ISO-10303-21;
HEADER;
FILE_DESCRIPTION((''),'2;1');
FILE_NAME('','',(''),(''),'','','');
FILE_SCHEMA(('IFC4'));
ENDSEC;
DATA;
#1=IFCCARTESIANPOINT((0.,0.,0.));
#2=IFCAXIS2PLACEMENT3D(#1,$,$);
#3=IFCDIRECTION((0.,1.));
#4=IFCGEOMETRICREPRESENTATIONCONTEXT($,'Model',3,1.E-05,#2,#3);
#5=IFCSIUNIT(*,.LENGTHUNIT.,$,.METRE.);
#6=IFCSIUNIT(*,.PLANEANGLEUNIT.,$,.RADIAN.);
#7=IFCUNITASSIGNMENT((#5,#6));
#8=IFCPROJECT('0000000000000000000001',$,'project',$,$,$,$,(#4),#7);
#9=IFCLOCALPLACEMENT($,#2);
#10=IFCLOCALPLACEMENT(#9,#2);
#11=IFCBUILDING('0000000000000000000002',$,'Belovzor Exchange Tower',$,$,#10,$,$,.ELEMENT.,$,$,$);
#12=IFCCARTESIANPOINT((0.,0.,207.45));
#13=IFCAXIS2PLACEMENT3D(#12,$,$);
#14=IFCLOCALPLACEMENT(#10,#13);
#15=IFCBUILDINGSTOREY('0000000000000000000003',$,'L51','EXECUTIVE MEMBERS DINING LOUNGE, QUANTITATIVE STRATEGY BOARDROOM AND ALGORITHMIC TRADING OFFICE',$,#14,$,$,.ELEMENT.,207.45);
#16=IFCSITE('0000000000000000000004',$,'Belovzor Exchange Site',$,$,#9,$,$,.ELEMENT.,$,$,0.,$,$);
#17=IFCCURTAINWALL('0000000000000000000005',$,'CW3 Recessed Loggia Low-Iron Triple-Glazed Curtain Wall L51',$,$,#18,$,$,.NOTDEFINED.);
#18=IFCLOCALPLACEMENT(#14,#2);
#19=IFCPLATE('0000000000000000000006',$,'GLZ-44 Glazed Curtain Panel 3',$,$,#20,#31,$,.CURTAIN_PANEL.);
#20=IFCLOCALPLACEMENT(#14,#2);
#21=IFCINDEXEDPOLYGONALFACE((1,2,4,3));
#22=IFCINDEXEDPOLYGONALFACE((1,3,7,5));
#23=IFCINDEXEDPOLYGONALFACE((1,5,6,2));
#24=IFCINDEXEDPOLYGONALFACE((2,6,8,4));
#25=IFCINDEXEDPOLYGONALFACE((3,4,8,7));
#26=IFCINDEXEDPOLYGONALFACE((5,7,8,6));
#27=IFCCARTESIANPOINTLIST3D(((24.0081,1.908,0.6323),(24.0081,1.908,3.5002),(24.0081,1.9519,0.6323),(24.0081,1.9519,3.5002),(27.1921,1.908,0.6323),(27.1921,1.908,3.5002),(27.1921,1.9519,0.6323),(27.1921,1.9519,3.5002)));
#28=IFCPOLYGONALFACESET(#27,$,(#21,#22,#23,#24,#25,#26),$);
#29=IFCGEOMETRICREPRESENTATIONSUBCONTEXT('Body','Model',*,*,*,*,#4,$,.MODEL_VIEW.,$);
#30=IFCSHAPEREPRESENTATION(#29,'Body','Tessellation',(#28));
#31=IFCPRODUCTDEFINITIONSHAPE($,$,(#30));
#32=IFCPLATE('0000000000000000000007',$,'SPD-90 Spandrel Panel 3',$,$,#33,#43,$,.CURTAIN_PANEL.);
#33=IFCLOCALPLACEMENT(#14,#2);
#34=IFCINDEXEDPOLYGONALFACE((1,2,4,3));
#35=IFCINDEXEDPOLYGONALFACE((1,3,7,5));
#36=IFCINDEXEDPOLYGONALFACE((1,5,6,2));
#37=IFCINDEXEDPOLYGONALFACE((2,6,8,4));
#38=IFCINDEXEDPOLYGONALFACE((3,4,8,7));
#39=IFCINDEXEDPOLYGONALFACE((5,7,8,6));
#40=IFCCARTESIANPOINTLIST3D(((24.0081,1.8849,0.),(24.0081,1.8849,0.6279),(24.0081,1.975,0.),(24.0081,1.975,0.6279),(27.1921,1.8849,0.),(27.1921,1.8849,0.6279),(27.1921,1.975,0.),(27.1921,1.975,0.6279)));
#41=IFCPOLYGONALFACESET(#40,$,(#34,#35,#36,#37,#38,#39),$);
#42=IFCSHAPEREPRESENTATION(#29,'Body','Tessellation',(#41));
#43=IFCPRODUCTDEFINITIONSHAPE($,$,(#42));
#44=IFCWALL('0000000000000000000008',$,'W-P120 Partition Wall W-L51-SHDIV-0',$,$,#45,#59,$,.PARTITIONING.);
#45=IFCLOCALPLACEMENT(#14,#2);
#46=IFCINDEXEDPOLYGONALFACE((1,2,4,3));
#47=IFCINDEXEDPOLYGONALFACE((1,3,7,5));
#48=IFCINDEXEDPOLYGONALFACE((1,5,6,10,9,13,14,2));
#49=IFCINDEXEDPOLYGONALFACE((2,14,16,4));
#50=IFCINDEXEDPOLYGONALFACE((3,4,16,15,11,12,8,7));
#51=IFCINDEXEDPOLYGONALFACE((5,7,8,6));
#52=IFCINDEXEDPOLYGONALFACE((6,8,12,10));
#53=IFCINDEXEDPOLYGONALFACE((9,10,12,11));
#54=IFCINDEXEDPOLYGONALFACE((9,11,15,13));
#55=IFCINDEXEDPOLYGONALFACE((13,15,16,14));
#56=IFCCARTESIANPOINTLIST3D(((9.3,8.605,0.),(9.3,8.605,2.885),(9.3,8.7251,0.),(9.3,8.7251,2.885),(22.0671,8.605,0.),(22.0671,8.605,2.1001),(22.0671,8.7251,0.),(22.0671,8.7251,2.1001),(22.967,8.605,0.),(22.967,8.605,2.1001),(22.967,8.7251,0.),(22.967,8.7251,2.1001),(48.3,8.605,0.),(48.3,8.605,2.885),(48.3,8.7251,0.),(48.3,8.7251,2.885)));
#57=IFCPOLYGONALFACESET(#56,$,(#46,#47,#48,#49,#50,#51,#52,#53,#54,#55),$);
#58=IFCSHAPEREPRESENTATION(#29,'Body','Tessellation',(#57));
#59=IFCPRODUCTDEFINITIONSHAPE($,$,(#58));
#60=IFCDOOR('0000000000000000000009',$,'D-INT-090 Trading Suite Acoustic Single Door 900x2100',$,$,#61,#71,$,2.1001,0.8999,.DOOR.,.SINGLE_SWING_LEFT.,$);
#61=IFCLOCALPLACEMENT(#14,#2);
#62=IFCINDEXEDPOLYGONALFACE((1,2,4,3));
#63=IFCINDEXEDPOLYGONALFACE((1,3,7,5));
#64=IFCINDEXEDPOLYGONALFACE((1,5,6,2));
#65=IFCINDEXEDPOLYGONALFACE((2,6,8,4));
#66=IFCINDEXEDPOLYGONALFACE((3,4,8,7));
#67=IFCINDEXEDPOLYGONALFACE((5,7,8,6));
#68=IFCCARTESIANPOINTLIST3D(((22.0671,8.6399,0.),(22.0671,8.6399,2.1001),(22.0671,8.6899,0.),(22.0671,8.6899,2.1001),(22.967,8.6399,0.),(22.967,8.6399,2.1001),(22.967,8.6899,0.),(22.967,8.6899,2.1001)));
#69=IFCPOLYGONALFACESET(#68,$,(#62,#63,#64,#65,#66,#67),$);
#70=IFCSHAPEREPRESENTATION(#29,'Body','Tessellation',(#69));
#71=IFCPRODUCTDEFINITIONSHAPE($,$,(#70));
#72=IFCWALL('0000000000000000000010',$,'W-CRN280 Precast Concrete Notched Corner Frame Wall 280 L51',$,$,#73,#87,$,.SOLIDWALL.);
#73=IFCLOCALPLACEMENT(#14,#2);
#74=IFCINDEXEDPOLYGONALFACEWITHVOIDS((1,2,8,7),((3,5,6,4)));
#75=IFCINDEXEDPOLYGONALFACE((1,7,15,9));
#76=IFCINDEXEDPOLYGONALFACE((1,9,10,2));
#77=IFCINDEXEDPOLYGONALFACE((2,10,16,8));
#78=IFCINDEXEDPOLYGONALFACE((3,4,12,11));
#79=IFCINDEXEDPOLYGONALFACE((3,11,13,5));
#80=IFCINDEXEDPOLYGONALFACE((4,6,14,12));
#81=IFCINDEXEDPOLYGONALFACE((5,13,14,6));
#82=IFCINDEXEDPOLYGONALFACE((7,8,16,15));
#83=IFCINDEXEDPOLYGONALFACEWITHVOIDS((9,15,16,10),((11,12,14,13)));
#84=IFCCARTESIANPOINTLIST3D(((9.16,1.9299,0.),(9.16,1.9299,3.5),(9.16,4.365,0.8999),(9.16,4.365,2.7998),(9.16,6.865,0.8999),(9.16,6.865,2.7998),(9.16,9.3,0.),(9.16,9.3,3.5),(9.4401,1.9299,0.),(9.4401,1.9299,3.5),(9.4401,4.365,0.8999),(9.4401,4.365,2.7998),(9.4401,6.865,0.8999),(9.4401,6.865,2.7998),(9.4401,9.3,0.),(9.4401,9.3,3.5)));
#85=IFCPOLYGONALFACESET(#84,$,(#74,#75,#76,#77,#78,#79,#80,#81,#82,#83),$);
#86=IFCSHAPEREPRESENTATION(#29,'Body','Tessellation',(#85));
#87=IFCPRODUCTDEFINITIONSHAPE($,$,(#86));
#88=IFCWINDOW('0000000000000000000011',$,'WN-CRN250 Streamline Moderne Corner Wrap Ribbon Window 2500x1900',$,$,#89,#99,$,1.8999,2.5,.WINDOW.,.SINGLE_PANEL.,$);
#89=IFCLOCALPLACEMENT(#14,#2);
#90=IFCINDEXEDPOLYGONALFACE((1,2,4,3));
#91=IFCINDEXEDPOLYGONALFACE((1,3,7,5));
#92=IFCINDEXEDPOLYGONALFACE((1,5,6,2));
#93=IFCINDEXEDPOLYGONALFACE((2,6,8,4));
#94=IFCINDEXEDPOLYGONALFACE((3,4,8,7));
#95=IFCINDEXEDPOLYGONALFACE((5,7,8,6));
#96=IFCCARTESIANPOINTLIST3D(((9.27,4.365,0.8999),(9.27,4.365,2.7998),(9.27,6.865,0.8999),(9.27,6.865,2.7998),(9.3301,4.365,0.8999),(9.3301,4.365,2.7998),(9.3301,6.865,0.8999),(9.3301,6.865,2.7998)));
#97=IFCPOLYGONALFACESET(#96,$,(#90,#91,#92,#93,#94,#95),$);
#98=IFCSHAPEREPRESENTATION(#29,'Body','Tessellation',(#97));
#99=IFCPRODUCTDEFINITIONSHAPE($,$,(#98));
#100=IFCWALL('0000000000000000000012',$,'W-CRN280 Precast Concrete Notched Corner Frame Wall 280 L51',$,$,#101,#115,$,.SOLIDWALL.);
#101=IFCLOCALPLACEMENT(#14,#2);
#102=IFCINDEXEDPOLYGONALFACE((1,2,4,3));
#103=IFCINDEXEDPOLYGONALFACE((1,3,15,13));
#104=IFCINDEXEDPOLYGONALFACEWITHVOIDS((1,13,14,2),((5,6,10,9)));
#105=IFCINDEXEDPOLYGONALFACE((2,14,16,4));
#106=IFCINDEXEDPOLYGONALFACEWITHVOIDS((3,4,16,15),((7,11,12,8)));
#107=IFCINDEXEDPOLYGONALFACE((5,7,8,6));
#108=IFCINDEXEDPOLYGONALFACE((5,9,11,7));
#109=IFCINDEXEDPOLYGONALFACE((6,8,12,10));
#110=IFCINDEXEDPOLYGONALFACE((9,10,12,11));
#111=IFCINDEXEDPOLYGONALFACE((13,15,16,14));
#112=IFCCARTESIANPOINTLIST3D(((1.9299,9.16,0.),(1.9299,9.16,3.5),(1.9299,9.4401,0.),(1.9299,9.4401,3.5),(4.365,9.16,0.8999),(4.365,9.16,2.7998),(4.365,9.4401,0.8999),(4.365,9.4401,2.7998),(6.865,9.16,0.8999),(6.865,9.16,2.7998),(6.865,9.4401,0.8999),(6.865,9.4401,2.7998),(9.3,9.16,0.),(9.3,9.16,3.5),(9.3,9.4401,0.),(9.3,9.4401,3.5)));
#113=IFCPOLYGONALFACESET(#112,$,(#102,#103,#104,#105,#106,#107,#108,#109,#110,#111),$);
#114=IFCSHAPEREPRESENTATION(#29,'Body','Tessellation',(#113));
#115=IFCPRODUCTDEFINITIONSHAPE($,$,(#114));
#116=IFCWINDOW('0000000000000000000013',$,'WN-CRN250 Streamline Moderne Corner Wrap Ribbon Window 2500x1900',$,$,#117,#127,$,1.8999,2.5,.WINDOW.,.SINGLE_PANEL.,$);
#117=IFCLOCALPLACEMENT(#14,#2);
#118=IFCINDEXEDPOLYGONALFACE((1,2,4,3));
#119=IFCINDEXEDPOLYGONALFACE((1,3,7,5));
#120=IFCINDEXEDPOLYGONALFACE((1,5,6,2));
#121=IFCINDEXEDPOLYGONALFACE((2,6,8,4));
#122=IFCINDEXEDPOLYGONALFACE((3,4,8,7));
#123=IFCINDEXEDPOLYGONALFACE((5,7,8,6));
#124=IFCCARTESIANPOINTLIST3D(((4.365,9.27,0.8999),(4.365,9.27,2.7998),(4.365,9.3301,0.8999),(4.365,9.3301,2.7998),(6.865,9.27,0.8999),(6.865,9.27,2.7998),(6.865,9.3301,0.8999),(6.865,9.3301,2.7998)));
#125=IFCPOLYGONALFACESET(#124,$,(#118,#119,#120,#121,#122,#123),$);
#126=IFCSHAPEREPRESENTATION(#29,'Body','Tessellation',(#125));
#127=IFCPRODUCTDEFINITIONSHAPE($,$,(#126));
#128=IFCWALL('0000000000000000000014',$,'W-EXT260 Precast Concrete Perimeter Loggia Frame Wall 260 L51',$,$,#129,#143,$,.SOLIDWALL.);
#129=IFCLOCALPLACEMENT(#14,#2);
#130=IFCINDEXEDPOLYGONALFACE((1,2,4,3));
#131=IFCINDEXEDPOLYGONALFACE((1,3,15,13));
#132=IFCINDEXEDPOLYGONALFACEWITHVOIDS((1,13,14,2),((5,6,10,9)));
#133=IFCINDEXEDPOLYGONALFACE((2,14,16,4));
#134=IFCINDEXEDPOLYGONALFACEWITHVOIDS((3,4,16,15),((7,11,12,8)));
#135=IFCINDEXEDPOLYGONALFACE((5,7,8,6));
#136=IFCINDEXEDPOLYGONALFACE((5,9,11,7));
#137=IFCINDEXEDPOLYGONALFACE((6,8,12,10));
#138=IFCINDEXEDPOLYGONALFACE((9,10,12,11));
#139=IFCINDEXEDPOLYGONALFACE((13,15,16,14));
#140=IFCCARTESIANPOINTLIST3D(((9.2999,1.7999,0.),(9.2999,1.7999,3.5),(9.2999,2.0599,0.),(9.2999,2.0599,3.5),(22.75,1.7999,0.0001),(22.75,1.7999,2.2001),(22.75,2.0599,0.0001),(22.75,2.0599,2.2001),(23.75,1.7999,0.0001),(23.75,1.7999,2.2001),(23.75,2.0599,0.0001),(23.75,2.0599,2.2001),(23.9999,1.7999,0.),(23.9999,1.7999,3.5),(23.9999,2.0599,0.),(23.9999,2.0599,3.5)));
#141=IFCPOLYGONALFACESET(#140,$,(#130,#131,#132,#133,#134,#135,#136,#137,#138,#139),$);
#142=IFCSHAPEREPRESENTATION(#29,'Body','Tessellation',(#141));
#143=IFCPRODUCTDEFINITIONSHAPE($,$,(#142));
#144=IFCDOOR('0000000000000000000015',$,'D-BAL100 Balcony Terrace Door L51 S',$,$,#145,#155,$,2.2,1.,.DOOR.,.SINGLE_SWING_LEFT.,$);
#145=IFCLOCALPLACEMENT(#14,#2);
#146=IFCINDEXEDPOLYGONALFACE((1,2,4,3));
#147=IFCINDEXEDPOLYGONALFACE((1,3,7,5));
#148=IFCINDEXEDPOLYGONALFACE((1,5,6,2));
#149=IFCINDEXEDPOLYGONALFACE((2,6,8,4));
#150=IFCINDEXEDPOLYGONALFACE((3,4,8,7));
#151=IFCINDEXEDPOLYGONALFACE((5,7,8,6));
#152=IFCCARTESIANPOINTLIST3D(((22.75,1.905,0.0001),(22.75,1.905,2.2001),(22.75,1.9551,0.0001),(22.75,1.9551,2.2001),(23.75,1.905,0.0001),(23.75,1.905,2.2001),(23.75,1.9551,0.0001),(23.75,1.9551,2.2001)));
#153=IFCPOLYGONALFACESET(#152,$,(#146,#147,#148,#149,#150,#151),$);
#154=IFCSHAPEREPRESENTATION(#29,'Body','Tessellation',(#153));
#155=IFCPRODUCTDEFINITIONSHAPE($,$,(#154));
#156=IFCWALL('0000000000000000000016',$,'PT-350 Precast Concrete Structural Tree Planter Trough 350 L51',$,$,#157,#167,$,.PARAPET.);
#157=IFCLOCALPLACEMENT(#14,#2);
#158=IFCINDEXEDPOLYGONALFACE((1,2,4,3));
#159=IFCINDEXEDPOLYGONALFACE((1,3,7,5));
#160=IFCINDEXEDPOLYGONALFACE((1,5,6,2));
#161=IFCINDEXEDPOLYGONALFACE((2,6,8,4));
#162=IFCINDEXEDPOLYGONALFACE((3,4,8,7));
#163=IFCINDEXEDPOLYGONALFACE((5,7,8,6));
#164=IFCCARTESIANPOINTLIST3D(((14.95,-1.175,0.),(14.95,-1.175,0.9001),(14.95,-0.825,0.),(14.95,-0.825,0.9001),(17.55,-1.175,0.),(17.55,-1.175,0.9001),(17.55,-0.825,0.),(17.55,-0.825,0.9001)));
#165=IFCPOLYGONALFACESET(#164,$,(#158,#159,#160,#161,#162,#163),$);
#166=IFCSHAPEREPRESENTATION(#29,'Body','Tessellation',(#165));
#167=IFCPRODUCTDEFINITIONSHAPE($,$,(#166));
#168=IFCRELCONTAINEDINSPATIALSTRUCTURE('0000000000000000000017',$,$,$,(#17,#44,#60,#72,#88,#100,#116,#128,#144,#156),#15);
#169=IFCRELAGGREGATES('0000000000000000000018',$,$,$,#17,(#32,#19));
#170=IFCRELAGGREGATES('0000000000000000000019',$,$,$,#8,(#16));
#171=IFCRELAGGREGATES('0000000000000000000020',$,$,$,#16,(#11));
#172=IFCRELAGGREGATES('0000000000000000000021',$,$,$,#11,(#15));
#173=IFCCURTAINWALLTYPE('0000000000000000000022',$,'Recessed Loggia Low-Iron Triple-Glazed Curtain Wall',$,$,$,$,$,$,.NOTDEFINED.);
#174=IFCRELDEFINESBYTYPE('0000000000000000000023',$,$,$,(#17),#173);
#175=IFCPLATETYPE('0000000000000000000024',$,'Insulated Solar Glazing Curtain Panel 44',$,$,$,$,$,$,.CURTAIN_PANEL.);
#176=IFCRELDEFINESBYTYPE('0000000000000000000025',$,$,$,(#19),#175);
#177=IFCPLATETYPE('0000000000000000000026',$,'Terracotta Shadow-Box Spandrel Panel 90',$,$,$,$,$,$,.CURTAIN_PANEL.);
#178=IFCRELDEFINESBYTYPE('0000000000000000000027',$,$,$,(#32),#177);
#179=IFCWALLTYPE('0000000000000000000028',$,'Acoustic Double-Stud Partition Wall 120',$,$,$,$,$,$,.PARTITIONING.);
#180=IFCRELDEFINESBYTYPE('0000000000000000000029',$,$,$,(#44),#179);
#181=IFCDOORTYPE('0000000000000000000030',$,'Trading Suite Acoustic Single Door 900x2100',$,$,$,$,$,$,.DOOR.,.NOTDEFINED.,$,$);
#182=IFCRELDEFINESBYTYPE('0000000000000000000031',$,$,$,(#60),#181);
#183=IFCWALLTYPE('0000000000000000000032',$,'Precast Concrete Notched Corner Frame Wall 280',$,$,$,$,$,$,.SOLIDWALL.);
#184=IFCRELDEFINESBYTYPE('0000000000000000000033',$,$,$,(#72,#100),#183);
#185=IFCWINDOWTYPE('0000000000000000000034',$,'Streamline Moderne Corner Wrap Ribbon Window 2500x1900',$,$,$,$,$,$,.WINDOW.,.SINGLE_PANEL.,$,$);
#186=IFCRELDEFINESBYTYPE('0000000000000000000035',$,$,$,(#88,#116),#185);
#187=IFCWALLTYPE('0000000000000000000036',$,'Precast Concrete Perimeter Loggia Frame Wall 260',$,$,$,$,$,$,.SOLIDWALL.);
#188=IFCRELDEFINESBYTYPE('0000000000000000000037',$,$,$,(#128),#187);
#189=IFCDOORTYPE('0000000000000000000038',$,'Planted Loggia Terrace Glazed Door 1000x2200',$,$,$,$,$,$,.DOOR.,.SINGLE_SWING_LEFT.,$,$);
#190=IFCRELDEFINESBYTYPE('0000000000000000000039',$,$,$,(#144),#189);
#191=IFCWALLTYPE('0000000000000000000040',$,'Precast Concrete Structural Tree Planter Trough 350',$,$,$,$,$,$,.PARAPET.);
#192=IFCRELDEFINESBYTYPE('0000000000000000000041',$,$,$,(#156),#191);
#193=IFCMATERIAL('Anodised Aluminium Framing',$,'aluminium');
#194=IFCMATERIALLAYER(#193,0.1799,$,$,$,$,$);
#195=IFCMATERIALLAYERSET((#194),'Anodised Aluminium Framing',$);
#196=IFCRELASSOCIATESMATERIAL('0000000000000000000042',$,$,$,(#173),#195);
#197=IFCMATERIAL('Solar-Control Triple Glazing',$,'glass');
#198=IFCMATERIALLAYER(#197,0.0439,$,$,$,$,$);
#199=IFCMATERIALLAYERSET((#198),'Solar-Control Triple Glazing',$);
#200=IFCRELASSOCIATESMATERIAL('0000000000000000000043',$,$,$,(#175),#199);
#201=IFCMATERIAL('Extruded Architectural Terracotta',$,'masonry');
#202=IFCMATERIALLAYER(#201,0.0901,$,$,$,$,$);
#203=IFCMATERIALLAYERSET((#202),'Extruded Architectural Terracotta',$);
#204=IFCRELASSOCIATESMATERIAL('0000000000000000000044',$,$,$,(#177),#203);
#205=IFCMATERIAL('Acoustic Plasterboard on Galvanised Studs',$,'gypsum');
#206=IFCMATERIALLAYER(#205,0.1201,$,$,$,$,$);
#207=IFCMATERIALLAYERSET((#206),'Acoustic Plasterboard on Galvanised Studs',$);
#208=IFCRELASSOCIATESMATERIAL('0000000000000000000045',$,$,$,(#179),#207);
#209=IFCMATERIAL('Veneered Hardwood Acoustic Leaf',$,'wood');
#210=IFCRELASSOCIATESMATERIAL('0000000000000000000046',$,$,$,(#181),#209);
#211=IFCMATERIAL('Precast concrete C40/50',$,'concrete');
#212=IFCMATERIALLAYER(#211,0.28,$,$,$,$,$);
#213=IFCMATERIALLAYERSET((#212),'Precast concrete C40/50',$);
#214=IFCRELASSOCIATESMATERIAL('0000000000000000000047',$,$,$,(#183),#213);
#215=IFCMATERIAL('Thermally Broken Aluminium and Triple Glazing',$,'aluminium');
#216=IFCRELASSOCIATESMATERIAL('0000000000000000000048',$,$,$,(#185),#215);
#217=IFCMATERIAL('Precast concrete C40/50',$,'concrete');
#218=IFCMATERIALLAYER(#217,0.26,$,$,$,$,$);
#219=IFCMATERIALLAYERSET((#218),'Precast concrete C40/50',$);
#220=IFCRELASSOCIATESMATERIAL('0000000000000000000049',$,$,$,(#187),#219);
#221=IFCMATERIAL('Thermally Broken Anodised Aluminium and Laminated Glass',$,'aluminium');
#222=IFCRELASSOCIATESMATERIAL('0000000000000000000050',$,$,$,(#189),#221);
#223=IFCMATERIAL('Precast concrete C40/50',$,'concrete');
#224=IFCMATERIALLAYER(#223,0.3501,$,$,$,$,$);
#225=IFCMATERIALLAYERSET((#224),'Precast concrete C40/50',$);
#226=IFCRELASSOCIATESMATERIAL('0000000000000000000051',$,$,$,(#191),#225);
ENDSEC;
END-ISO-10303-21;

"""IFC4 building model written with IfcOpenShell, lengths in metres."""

from ifc_helpers import new_model, si_unit, direction, frame, frame_2d, origin, origin_2d, place, context, subcontext, project, spatial, rectangle, extrude, material, layer, layer_set, type_object, element, fill, aggregate, save


model = new_model("IFC4")

# Units and contexts
model_context = context("Model", 3, precision=1e-05, world=origin(), true_north=direction((0.0, 1.0)))
body_context = subcontext(model_context, "Body", "Model", "MODEL_VIEW")
ifc_project = project(units=[si_unit("LENGTHUNIT", "METRE"), si_unit("PLANEANGLEUNIT", "RADIAN")], contexts=[model_context])

# Site, building, storey
site_placement = place(None, origin())
site = spatial("IfcSite", under=ifc_project, at=site_placement, Name="Belovzor Exchange Site", CompositionType="ELEMENT", RefElevation=0.0)
building_placement = place(site_placement, origin())
building = spatial("IfcBuilding", under=site, at=building_placement, Name="Belovzor Exchange Tower", CompositionType="ELEMENT")
storey_placement = place(building_placement, frame((0.0, 0.0, 207.45)))
storey = spatial("IfcBuildingStorey", under=building, at=storey_placement, Name="L51", Description="EXECUTIVE MEMBERS DINING LOUNGE, QUANTITATIVE STRATEGY BOARDROOM AND ALGORITHMIC TRADING OFFICE", CompositionType="ELEMENT", Elevation=207.45)

# Curtain wall
ifc_material_1 = material(Name="Anodised Aluminium Framing", Category="aluminium")
ifc_layer_1 = layer(ifc_material_1, 0.1799)
ifc_layer_set_1 = layer_set([ifc_layer_1], Name="Anodised Aluminium Framing")
curtain_wall_type = type_object("IfcCurtainWallType", Name="Recessed Loggia Low-Iron Triple-Glazed Curtain Wall", PredefinedType="NOTDEFINED", material=ifc_layer_set_1)
curtain_wall_placement = place(storey_placement, origin())
curtain_wall = element("IfcCurtainWall", 1, at=curtain_wall_placement, inside=storey, type_object=curtain_wall_type, Name="CW3 Recessed Loggia Low-Iron Triple-Glazed Curtain Wall L51", PredefinedType="NOTDEFINED")

# Plates
ifc_material_2 = material(Name="Solar-Control Triple Glazing", Category="glass")
ifc_layer_2 = layer(ifc_material_2, 0.0439)
ifc_layer_set_2 = layer_set([ifc_layer_2], Name="Solar-Control Triple Glazing")
plate_type_1 = type_object("IfcPlateType", Name="Insulated Solar Glazing Curtain Panel 44", PredefinedType="CURTAIN_PANEL", material=ifc_layer_set_2)
plate_1_placement = place(storey_placement, frame((25.6001, 1.9299, 0.6323), z_axis=(0.0, 0.0, 1.0), x_axis=(-1.0, 0.0, 0.0)))
plate_1 = element("IfcPlate", 2, at=plate_1_placement, type_object=plate_type_1, Name="GLZ-44 Glazed Curtain Panel 3", PredefinedType="CURTAIN_PANEL", context=body_context, shape_type="SweptSolid", body=[
    extrude(rectangle(XDim=3.1841, YDim=0.0439, at=origin_2d()), origin(), (0.0, 0.0, 1.0), 2.8679),
])
ifc_material_3 = material(Name="Extruded Architectural Terracotta", Category="masonry")
ifc_layer_3 = layer(ifc_material_3, 0.0901)
ifc_layer_set_3 = layer_set([ifc_layer_3], Name="Extruded Architectural Terracotta")
plate_type_2 = type_object("IfcPlateType", Name="Terracotta Shadow-Box Spandrel Panel 90", PredefinedType="CURTAIN_PANEL", material=ifc_layer_set_3)
plate_2_placement = place(storey_placement, frame((25.6001, 1.9299, 0.0), z_axis=(0.0, 0.0, 1.0), x_axis=(-1.0, 0.0, 0.0)))
plate_2 = element("IfcPlate", 3, at=plate_2_placement, type_object=plate_type_2, Name="SPD-90 Spandrel Panel 3", PredefinedType="CURTAIN_PANEL", context=body_context, shape_type="SweptSolid", body=[
    extrude(rectangle(XDim=3.1841, YDim=0.0901, at=origin_2d()), origin(), (0.0, 0.0, 1.0), 0.6279),
])
aggregate(curtain_wall, [plate_2, plate_1])

# Wall, opening, door
ifc_material_4 = material(Name="Acoustic Plasterboard on Galvanised Studs", Category="gypsum")
ifc_layer_4 = layer(ifc_material_4, 0.1201)
ifc_layer_set_4 = layer_set([ifc_layer_4], Name="Acoustic Plasterboard on Galvanised Studs")
wall_type_1 = type_object("IfcWallType", Name="Acoustic Double-Stud Partition Wall 120", PredefinedType="PARTITIONING", material=ifc_layer_set_4)
wall_1_placement = place(storey_placement, frame((9.3, 8.665, 0.0), z_axis=(0.0, 0.0, 1.0), x_axis=(1.0, 0.0, 0.0)))
wall_1 = element("IfcWall", 4, at=wall_1_placement, inside=storey, type_object=wall_type_1, Name="W-P120 Partition Wall W-L51-SHDIV-0", PredefinedType="PARTITIONING", context=body_context, shape_type="SweptSolid", body=[
    extrude(rectangle(XDim=39.0, YDim=0.1201, at=frame_2d((19.5, 0.0))), origin(), (0.0, 0.0, 1.0), 2.885),
])
opening_1_placement = place(wall_1_placement, frame((12.7671, 0.0, 0.0)))
opening_1 = element("IfcOpeningElement", 5, at=opening_1_placement, cuts=wall_1, PredefinedType="OPENING", context=body_context, shape_type="SweptSolid", body=[
    extrude(rectangle(XDim=0.8999, YDim=2.1001, at=frame_2d((0.45, 1.05))), frame((0.0, 0.0701, 0.0), z_axis=(0.0, -1.0, 0.0), x_axis=(1.0, 0.0, 0.0)), (0.0, 0.0, 1.0), 0.1401),
])
ifc_material_5 = material(Name="Veneered Hardwood Acoustic Leaf", Category="wood")
door_type_1 = type_object("IfcDoorType", Name="Trading Suite Acoustic Single Door 900x2100", OperationType="NOTDEFINED", PredefinedType="DOOR", material=ifc_material_5)
door_1_placement = place(opening_1_placement, origin())
door_1 = element("IfcDoor", 6, at=door_1_placement, inside=storey, type_object=door_type_1, Name="D-INT-090 Trading Suite Acoustic Single Door 900x2100", OperationType="SINGLE_SWING_LEFT", OverallHeight=2.1001, OverallWidth=0.8999, PredefinedType="DOOR", context=body_context, shape_type="SweptSolid", body=[
    extrude(rectangle(XDim=0.8999, YDim=2.1001, at=frame_2d((0.45, 1.05))), frame((0.0, 0.0249, 0.0), z_axis=(0.0, -1.0, 0.0), x_axis=(1.0, 0.0, 0.0)), (0.0, 0.0, 1.0), 0.05),
])
fill(opening_1, door_1)

# Walls, openings, windows
ifc_material_6 = material(Name="Precast concrete C40/50", Category="concrete")
ifc_layer_5 = layer(ifc_material_6, 0.28)
ifc_layer_set_5 = layer_set([ifc_layer_5], Name="Precast concrete C40/50")
wall_type_2 = type_object("IfcWallType", Name="Precast Concrete Notched Corner Frame Wall 280", PredefinedType="SOLIDWALL", material=ifc_layer_set_5)
wall_2_placement = place(storey_placement, frame((9.3, 1.9299, 0.0), z_axis=(0.0, 0.0, 1.0), x_axis=(0.0, 1.0, 0.0)))
wall_2 = element("IfcWall", 7, at=wall_2_placement, inside=storey, type_object=wall_type_2, Name="W-CRN280 Precast Concrete Notched Corner Frame Wall 280 L51", PredefinedType="SOLIDWALL", context=body_context, shape_type="SweptSolid", body=[
    extrude(rectangle(XDim=7.3701, YDim=0.28, at=frame_2d((3.6851, 0.0))), origin(), (0.0, 0.0, 1.0), 3.5),
])
opening_2_placement = place(wall_2_placement, frame((2.4351, 0.0, 0.8999)))
opening_2 = element("IfcOpeningElement", 8, at=opening_2_placement, cuts=wall_2, PredefinedType="OPENING", context=body_context, shape_type="SweptSolid", body=[
    extrude(rectangle(XDim=2.5, YDim=1.8999, at=frame_2d((1.25, 0.95))), frame((0.0, 0.1499, 0.0), z_axis=(0.0, -1.0, 0.0), x_axis=(1.0, 0.0, 0.0)), (0.0, 0.0, 1.0), 0.3),
])
ifc_material_7 = material(Name="Thermally Broken Aluminium and Triple Glazing", Category="aluminium")
window_type = type_object("IfcWindowType", Name="Streamline Moderne Corner Wrap Ribbon Window 2500x1900", PartitioningType="SINGLE_PANEL", PredefinedType="WINDOW", material=ifc_material_7)
window_1_placement = place(opening_2_placement, origin())
window_1 = element("IfcWindow", 9, at=window_1_placement, inside=storey, type_object=window_type, Name="WN-CRN250 Streamline Moderne Corner Wrap Ribbon Window 2500x1900", OverallHeight=1.8999, OverallWidth=2.5, PartitioningType="SINGLE_PANEL", PredefinedType="WINDOW", context=body_context, shape_type="SweptSolid", body=[
    extrude(rectangle(XDim=2.5, YDim=1.8999, at=frame_2d((1.25, 0.95))), frame((0.0, 0.03, 0.0), z_axis=(0.0, -1.0, 0.0), x_axis=(1.0, 0.0, 0.0)), (0.0, 0.0, 1.0), 0.0601),
])
fill(opening_2, window_1)
wall_3_placement = place(storey_placement, frame((9.3, 9.3, 0.0), z_axis=(0.0, 0.0, 1.0), x_axis=(-1.0, 0.0, 0.0)))
wall_3 = element("IfcWall", 10, at=wall_3_placement, inside=storey, type_object=wall_type_2, Name="W-CRN280 Precast Concrete Notched Corner Frame Wall 280 L51", PredefinedType="SOLIDWALL", context=body_context, shape_type="SweptSolid", body=[
    extrude(rectangle(XDim=7.3701, YDim=0.28, at=frame_2d((3.6851, 0.0))), origin(), (0.0, 0.0, 1.0), 3.5),
])
opening_3_placement = place(wall_3_placement, frame((2.4351, 0.0, 0.8999)))
opening_3 = element("IfcOpeningElement", 11, at=opening_3_placement, cuts=wall_3, PredefinedType="OPENING", context=body_context, shape_type="SweptSolid", body=[
    extrude(rectangle(XDim=2.5, YDim=1.8999, at=frame_2d((1.25, 0.95))), frame((0.0, 0.1499, 0.0), z_axis=(0.0, -1.0, 0.0), x_axis=(1.0, 0.0, 0.0)), (0.0, 0.0, 1.0), 0.3),
])
window_2_placement = place(opening_3_placement, origin())
window_2 = element("IfcWindow", 12, at=window_2_placement, inside=storey, type_object=window_type, Name="WN-CRN250 Streamline Moderne Corner Wrap Ribbon Window 2500x1900", OverallHeight=1.8999, OverallWidth=2.5, PartitioningType="SINGLE_PANEL", PredefinedType="WINDOW", context=body_context, shape_type="SweptSolid", body=[
    extrude(rectangle(XDim=2.5, YDim=1.8999, at=frame_2d((1.25, 0.95))), frame((0.0, 0.03, 0.0), z_axis=(0.0, -1.0, 0.0), x_axis=(1.0, 0.0, 0.0)), (0.0, 0.0, 1.0), 0.0601),
])
fill(opening_3, window_2)

# Wall, opening, door
ifc_material_8 = material(Name="Precast concrete C40/50", Category="concrete")
ifc_layer_6 = layer(ifc_material_8, 0.26)
ifc_layer_set_6 = layer_set([ifc_layer_6], Name="Precast concrete C40/50")
wall_type_3 = type_object("IfcWallType", Name="Precast Concrete Perimeter Loggia Frame Wall 260", PredefinedType="SOLIDWALL", material=ifc_layer_set_6)
wall_4_placement = place(storey_placement, frame((24.0, 1.9299, 0.0), z_axis=(0.0, 0.0, 1.0), x_axis=(-1.0, 0.0, 0.0)))
wall_4 = element("IfcWall", 13, at=wall_4_placement, inside=storey, type_object=wall_type_3, Name="W-EXT260 Precast Concrete Perimeter Loggia Frame Wall 260 L51", PredefinedType="SOLIDWALL", context=body_context, shape_type="SweptSolid", body=[
    extrude(rectangle(XDim=14.7, YDim=0.26, at=frame_2d((7.3501, 0.0))), origin(), (0.0, 0.0, 1.0), 3.5),
])
opening_4_placement = place(wall_4_placement, frame((0.25, 0.0, 0.0)))
opening_4 = element("IfcOpeningElement", 14, at=opening_4_placement, cuts=wall_4, PredefinedType="OPENING", context=body_context, shape_type="SweptSolid", body=[
    extrude(rectangle(XDim=1.0, YDim=2.2, at=frame_2d((0.5, 1.1001))), frame((0.0, 0.1399, 0.0), z_axis=(0.0, -1.0, 0.0), x_axis=(1.0, 0.0, 0.0)), (0.0, 0.0, 1.0), 0.28),
])
ifc_material_9 = material(Name="Thermally Broken Anodised Aluminium and Laminated Glass", Category="aluminium")
door_type_2 = type_object("IfcDoorType", Name="Planted Loggia Terrace Glazed Door 1000x2200", OperationType="SINGLE_SWING_LEFT", PredefinedType="DOOR", material=ifc_material_9)
door_2_placement = place(opening_4_placement, origin())
door_2 = element("IfcDoor", 15, at=door_2_placement, inside=storey, type_object=door_type_2, Name="D-BAL100 Balcony Terrace Door L51 S", OperationType="SINGLE_SWING_LEFT", OverallHeight=2.2, OverallWidth=1.0, PredefinedType="DOOR", context=body_context, shape_type="SweptSolid", body=[
    extrude(rectangle(XDim=1.0, YDim=2.2, at=frame_2d((0.5, 1.1001))), frame((0.0, 0.0249, 0.0), z_axis=(0.0, -1.0, 0.0), x_axis=(1.0, 0.0, 0.0)), (0.0, 0.0, 1.0), 0.05),
])
fill(opening_4, door_2)

# Wall
ifc_material_10 = material(Name="Precast concrete C40/50", Category="concrete")
ifc_layer_7 = layer(ifc_material_10, 0.3501)
ifc_layer_set_7 = layer_set([ifc_layer_7], Name="Precast concrete C40/50")
wall_type_4 = type_object("IfcWallType", Name="Precast Concrete Structural Tree Planter Trough 350", PredefinedType="PARAPET", material=ifc_layer_set_7)
wall_5_placement = place(storey_placement, frame((14.95, -1.0, 0.0), z_axis=(0.0, 0.0, 1.0), x_axis=(1.0, 0.0, 0.0)))
element("IfcWall", 16, at=wall_5_placement, inside=storey, type_object=wall_type_4, Name="PT-350 Precast Concrete Structural Tree Planter Trough 350 L51", PredefinedType="PARAPET", context=body_context, shape_type="SweptSolid", body=[
    extrude(rectangle(XDim=2.6001, YDim=0.3501, at=frame_2d((1.3, 0.0))), origin(), (0.0, 0.0, 1.0), 0.9001),
])

save(model, "model.ifc")
